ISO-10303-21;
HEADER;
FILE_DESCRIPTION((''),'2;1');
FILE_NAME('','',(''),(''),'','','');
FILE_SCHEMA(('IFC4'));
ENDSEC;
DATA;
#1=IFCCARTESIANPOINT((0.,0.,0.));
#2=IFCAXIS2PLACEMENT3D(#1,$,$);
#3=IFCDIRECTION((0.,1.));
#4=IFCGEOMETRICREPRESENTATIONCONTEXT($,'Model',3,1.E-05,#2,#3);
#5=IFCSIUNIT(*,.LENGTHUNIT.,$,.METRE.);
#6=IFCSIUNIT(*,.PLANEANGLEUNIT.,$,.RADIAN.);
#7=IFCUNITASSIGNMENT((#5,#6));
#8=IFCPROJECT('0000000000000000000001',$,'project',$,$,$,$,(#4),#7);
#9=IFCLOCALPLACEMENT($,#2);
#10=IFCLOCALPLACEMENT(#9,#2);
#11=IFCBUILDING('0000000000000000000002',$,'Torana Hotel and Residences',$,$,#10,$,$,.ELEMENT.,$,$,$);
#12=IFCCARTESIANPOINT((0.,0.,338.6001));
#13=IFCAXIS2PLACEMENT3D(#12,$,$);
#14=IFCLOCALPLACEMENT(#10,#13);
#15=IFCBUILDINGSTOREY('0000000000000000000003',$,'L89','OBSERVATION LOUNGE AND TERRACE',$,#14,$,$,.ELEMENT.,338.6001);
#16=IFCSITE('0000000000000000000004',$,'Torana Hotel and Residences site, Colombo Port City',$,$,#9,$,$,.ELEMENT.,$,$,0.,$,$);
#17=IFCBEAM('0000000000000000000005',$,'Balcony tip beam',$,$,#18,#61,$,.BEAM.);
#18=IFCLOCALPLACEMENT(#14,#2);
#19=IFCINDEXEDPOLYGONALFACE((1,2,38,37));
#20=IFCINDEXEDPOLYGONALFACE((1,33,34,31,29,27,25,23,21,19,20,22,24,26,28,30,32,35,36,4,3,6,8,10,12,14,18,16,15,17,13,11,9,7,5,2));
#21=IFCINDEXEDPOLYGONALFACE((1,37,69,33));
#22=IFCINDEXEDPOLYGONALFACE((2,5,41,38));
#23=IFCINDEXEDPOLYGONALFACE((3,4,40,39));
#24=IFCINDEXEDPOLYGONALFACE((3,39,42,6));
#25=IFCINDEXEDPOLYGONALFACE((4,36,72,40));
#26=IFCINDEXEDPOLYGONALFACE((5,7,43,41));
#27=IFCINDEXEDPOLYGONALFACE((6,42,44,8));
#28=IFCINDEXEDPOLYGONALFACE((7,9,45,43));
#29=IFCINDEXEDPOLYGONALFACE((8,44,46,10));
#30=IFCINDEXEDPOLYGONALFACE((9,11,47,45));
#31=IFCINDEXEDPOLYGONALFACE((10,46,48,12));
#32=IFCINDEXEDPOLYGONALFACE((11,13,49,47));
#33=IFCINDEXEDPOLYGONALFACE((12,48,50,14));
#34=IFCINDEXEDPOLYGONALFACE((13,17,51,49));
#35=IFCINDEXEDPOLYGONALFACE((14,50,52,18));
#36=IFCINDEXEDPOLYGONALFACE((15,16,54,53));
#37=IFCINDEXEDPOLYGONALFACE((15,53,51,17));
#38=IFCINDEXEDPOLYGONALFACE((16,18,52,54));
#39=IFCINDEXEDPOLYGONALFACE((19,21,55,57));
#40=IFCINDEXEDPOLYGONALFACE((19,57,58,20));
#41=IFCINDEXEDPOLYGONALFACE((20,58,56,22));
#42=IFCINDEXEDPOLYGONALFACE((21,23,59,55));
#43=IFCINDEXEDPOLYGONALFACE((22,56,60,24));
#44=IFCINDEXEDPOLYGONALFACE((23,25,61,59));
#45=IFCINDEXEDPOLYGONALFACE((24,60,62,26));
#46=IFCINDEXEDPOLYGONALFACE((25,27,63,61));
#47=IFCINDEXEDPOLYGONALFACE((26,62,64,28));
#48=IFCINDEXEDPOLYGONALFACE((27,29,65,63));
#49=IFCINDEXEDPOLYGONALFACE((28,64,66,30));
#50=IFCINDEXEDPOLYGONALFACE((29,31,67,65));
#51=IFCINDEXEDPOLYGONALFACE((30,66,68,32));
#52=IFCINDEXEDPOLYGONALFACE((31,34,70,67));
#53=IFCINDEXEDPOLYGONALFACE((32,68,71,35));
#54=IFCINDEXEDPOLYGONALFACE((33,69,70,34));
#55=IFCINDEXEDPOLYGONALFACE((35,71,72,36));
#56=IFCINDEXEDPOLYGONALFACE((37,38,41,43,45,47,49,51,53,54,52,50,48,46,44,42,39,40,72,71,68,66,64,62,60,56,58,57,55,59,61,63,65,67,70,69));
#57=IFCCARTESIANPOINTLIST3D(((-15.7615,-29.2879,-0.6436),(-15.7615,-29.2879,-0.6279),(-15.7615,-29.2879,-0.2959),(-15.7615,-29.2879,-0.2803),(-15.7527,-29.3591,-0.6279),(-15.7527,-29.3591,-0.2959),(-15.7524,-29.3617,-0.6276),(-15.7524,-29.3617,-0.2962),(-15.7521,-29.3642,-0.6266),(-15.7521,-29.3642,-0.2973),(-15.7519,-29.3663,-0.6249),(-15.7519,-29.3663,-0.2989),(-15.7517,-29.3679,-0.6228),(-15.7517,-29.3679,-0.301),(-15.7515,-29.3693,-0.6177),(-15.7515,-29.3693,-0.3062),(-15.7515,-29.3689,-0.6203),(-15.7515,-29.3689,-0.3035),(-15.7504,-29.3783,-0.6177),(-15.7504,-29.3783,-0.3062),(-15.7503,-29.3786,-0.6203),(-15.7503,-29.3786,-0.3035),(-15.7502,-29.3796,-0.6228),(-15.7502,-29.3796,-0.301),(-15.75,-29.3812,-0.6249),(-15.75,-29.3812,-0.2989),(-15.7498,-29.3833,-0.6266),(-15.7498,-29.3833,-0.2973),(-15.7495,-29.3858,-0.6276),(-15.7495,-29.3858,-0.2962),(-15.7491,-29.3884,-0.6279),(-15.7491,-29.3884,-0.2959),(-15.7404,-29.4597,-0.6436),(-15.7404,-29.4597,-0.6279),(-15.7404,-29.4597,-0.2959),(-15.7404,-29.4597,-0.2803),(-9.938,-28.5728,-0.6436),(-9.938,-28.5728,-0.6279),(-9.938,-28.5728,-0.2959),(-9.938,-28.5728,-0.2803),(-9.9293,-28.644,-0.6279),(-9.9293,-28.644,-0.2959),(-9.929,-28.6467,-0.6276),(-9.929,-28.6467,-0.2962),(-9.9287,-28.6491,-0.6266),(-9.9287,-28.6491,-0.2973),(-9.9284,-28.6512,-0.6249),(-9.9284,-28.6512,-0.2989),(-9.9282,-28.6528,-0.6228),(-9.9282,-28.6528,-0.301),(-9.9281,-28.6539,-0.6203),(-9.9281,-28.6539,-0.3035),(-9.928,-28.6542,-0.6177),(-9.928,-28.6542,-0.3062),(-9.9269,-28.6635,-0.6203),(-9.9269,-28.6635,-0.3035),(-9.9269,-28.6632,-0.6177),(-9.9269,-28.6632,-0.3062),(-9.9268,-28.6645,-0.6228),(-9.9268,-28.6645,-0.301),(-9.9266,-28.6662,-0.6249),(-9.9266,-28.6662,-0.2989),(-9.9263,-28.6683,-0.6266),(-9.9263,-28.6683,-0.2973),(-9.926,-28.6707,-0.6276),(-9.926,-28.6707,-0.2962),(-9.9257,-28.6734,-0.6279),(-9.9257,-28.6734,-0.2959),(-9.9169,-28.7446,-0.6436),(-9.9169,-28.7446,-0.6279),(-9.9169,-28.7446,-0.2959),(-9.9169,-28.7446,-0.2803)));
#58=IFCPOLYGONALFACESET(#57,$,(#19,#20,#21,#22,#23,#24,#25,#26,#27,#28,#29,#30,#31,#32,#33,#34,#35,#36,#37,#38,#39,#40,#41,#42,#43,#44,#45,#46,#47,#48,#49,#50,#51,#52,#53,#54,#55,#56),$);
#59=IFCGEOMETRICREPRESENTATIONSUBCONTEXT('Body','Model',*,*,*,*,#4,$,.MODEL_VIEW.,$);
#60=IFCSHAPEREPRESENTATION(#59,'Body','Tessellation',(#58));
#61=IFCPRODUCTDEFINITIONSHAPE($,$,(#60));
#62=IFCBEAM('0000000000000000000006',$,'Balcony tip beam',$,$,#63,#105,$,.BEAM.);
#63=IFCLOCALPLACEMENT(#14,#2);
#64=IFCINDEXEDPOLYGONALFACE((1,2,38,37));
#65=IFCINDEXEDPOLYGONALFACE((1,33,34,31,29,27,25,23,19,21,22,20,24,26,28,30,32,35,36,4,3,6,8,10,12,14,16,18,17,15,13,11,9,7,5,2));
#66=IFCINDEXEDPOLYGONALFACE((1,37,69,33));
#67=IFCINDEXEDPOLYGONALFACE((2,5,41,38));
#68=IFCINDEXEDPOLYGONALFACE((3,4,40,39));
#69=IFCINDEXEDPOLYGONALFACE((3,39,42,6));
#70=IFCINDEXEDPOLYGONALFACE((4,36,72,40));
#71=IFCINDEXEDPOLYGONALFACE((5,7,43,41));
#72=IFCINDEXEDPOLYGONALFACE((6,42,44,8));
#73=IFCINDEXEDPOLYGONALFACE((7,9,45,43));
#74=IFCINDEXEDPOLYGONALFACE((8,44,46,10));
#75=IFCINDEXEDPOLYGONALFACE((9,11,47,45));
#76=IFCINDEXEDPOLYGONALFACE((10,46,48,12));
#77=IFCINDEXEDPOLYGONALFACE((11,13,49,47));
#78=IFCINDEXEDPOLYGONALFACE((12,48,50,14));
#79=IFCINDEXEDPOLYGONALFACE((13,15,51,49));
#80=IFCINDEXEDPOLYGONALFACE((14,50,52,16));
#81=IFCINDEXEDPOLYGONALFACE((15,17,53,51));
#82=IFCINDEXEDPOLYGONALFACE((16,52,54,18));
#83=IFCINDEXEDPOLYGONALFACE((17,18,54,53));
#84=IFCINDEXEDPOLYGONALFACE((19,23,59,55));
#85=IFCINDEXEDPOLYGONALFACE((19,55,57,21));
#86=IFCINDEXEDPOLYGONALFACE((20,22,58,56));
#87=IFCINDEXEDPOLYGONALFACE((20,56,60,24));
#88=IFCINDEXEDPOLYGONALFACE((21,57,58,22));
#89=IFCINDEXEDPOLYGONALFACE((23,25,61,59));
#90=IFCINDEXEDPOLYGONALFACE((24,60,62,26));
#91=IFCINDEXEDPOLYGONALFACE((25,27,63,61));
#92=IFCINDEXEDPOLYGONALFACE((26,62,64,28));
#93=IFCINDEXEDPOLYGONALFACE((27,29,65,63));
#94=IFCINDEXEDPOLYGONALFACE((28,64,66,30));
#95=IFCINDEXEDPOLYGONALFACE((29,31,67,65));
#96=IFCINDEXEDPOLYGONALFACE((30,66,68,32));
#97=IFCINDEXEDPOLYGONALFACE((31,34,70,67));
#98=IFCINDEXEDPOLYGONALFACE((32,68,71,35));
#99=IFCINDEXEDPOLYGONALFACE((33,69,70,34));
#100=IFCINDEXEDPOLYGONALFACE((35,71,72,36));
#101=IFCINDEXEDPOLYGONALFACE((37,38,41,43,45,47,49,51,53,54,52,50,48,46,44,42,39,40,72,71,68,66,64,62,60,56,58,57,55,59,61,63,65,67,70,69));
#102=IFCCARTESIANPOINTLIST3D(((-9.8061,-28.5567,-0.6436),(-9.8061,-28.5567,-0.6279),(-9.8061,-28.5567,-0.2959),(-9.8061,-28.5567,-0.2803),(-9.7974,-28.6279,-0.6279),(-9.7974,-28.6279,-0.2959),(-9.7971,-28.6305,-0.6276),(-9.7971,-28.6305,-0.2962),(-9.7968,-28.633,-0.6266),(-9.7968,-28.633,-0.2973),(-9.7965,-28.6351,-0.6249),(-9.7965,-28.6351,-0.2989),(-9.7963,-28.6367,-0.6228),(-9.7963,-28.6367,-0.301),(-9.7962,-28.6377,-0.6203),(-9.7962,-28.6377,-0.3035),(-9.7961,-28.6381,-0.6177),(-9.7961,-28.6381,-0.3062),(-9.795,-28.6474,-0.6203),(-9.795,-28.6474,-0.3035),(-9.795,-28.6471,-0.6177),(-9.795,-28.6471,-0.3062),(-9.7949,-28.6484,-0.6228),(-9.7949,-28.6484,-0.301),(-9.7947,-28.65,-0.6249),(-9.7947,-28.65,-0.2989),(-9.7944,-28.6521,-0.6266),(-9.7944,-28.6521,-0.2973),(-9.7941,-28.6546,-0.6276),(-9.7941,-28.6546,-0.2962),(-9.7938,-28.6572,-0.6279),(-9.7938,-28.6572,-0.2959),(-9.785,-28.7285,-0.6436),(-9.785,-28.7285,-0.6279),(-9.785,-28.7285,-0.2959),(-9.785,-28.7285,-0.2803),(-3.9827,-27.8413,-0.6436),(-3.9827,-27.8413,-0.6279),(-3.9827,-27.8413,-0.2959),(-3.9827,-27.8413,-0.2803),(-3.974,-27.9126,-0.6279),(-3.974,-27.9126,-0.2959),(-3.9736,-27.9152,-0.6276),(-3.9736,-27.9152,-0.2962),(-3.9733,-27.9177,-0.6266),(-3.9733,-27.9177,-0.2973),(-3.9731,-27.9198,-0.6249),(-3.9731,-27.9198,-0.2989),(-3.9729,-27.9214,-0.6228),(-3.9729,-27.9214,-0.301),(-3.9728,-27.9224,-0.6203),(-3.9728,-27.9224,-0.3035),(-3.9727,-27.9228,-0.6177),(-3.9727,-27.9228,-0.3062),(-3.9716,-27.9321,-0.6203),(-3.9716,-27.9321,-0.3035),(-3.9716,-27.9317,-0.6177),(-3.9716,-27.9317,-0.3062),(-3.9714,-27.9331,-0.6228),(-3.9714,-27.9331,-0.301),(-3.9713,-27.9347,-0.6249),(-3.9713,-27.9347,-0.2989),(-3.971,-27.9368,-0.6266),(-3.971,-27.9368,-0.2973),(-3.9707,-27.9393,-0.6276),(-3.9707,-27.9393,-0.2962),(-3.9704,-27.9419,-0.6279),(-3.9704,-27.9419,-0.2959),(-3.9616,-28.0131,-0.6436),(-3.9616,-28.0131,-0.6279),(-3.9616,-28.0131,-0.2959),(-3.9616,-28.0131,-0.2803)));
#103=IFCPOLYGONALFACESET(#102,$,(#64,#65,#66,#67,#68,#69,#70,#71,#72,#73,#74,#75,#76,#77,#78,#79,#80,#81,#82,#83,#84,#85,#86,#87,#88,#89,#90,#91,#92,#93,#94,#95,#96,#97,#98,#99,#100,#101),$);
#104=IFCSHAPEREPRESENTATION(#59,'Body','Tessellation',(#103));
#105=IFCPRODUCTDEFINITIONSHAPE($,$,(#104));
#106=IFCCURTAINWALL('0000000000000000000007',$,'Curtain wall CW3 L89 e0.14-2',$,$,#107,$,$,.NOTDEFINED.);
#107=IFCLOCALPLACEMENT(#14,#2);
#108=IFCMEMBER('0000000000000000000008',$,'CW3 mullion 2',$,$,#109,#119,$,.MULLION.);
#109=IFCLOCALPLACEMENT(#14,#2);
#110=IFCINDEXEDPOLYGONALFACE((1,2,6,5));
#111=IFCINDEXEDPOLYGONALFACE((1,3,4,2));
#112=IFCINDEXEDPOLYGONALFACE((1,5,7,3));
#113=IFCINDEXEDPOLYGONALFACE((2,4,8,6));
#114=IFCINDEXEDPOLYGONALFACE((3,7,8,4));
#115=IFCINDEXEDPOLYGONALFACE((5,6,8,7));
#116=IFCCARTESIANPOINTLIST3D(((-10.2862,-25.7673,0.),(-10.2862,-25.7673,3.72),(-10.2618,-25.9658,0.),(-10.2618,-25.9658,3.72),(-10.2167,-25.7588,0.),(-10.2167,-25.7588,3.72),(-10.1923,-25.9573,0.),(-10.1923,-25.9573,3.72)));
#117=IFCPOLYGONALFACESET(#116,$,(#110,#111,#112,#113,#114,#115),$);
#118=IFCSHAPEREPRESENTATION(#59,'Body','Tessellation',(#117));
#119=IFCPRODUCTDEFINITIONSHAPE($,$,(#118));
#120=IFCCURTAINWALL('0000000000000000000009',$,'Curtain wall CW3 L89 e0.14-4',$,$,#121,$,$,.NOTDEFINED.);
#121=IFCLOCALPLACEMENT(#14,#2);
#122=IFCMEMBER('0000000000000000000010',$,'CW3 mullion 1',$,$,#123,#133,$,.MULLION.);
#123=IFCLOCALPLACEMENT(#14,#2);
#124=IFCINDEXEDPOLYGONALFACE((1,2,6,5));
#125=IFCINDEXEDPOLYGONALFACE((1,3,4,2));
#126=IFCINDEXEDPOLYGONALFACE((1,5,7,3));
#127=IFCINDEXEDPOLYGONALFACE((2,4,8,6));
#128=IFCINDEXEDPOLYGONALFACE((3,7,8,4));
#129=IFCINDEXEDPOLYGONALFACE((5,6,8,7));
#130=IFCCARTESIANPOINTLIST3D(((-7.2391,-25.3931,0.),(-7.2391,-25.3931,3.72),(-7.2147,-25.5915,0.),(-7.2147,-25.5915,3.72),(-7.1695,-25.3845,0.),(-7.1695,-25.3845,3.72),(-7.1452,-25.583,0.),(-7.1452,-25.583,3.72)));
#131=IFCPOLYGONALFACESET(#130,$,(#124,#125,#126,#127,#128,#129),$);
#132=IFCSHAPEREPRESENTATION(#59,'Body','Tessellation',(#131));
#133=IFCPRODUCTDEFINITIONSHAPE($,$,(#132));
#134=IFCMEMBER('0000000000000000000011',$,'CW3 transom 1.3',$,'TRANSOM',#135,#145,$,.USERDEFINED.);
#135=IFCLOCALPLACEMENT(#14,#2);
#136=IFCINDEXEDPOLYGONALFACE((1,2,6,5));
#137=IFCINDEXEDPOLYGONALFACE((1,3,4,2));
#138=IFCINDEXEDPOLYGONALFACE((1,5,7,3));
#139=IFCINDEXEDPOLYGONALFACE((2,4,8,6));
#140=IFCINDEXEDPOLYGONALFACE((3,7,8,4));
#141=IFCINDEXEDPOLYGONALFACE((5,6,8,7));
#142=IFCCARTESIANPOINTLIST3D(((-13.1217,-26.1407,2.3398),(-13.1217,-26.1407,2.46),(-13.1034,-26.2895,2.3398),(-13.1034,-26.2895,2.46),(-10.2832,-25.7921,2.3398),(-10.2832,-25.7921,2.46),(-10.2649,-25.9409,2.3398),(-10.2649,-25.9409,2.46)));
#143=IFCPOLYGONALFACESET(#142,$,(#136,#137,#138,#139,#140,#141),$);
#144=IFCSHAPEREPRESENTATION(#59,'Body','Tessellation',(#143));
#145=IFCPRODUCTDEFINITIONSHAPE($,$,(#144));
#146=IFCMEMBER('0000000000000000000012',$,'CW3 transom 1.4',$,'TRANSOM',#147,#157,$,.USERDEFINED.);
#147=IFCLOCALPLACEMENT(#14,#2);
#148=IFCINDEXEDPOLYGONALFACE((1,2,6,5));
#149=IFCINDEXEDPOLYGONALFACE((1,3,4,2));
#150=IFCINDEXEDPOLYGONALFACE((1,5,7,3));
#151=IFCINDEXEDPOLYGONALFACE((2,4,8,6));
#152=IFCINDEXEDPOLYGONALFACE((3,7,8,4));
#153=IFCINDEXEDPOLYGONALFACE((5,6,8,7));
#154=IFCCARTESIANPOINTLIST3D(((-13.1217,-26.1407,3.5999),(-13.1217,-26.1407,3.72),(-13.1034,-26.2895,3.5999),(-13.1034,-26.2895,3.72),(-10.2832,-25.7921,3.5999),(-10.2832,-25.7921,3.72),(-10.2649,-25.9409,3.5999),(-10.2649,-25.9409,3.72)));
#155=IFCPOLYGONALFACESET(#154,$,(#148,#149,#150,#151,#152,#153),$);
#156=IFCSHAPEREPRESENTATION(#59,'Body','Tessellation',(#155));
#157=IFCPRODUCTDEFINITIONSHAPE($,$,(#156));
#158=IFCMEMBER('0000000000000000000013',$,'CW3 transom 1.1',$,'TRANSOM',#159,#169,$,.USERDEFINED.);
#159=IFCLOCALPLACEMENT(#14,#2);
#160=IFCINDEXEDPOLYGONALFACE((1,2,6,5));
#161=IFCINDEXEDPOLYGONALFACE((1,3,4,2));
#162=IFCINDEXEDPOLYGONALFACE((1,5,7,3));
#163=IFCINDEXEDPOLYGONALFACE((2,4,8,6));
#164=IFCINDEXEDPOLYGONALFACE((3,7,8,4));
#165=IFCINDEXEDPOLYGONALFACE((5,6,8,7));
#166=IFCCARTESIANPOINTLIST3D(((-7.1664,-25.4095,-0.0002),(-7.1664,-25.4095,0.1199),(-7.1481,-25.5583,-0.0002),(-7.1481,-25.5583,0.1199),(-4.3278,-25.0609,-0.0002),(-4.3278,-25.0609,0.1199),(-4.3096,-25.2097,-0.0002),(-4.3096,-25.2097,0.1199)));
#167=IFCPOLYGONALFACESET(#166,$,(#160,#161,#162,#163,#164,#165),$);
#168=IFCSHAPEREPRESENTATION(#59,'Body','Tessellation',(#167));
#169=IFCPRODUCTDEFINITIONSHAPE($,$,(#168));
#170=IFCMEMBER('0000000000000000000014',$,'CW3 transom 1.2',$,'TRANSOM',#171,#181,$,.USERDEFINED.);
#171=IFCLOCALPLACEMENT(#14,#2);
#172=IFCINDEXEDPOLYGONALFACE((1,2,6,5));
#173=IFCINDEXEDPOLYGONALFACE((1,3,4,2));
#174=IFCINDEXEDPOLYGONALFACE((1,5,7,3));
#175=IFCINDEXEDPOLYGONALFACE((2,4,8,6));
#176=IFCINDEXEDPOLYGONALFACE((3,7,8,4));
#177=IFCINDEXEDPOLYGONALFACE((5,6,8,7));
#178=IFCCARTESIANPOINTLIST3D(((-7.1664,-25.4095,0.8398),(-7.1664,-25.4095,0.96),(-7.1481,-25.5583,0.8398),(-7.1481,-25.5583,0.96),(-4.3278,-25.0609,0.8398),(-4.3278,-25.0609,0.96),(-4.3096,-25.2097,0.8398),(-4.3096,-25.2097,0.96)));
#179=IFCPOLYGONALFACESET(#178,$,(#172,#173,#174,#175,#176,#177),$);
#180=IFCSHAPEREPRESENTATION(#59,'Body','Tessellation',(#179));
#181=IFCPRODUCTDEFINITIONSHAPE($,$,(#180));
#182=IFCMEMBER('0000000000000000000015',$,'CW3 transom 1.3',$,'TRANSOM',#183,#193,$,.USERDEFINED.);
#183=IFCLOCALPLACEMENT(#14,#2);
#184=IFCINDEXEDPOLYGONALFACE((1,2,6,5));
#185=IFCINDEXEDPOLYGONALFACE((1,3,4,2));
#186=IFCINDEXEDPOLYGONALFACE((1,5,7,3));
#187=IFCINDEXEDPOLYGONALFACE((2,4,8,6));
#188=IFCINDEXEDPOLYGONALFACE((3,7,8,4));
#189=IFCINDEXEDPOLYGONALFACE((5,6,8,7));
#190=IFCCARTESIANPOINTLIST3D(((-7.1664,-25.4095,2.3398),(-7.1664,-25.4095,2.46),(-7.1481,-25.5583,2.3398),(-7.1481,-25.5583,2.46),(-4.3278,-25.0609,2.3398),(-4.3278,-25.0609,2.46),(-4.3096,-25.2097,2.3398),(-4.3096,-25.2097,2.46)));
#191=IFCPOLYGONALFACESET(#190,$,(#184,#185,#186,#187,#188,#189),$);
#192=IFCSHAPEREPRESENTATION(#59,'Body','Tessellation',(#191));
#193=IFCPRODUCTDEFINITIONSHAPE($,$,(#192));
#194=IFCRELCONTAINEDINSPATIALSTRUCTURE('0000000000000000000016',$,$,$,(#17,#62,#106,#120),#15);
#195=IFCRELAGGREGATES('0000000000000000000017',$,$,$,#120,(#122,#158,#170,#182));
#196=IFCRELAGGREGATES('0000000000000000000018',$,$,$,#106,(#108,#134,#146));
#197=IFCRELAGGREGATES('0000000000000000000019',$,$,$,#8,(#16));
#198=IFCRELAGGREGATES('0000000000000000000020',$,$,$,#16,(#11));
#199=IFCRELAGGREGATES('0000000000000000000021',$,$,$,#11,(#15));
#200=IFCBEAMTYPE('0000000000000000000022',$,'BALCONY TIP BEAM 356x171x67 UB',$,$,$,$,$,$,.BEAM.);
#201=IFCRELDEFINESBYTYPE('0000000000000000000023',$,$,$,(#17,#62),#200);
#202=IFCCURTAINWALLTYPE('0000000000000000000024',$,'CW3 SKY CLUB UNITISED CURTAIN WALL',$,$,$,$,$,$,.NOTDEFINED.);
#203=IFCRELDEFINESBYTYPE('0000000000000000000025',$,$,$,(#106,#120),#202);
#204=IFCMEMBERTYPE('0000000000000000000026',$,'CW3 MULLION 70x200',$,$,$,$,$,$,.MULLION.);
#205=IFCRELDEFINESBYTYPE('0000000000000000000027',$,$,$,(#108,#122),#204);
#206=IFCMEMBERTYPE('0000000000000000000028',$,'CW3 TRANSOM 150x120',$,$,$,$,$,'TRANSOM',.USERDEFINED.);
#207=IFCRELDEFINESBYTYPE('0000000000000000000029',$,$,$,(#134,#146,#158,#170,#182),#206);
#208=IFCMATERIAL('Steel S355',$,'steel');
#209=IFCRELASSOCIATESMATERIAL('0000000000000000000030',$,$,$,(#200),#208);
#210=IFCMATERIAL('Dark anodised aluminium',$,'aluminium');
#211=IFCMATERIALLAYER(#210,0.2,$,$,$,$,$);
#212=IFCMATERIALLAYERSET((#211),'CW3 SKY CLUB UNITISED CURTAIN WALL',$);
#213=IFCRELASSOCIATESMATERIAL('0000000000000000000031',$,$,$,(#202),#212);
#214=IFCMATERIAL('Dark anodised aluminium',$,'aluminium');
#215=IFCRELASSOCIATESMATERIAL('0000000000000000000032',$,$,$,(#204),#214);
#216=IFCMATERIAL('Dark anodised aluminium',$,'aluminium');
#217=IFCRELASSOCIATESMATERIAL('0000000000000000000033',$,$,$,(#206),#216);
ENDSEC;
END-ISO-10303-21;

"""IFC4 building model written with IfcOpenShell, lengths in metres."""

from ifc_helpers import new_model, si_unit, direction, frame, origin, origin_2d, place, context, subcontext, project, spatial, rectangle, i_section, extrude, material, layer, layer_set, material_profile, profile_set, type_object, element, aggregate, save


model = new_model("IFC4")

# Units and contexts
model_context = context("Model", 3, precision=1e-05, world=origin(), true_north=direction((0.0, 1.0)))
body_context = subcontext(model_context, "Body", "Model", "MODEL_VIEW")
ifc_project = project(units=[si_unit("LENGTHUNIT", "METRE"), si_unit("PLANEANGLEUNIT", "RADIAN")], contexts=[model_context])

# Site, building, storey
site_placement = place(None, origin())
site = spatial("IfcSite", under=ifc_project, at=site_placement, Name="Torana Hotel and Residences site, Colombo Port City", CompositionType="ELEMENT", RefElevation=0.0)
building_placement = place(site_placement, origin())
building = spatial("IfcBuilding", under=site, at=building_placement, Name="Torana Hotel and Residences", CompositionType="ELEMENT")
storey_placement = place(building_placement, frame((0.0, 0.0, 338.6001)))
storey = spatial("IfcBuildingStorey", under=building, at=storey_placement, Name="L89", Description="OBSERVATION LOUNGE AND TERRACE", CompositionType="ELEMENT", Elevation=338.6001)

# Beams
ifc_material_1 = material(Name="Steel S355", Category="steel")
ifc_material_profile_1 = material_profile(ifc_material_1, i_section(OverallWidth=0.1731, OverallDepth=0.3633, WebThickness=0.009, FlangeThickness=0.0156, FilletRadius=0.0103, at=origin_2d()), Name="356x171x67 UB")
ifc_profile_set_1 = profile_set([ifc_material_profile_1], Name="Steel S355")
beam_type = type_object("IfcBeamType", Name="BALCONY TIP BEAM 356x171x67 UB", PredefinedType="BEAM", material=ifc_profile_set_1)
for number, where, z_axis, x_axis, name in (
    (1, (-9.9275, -28.6587, -0.4619), (-0.992545, -0.121878, 0.0), (0.121878, -0.992545, 0.0), "Balcony tip beam"),
    (2, (-3.9722, -27.9272, -0.4619), (-0.99254, -0.121919, 0.0), (0.121919, -0.99254, 0.0), "Balcony tip beam"),
):
    element("IfcBeam", number, at=place(storey_placement, frame(where, z_axis=z_axis, x_axis=x_axis)), inside=storey, type_object=beam_type, Name=name, PredefinedType="BEAM", context=body_context, shape_type="SweptSolid", body=[
        extrude(i_section(OverallWidth=0.1731, OverallDepth=0.3633, WebThickness=0.009, FlangeThickness=0.0156, FilletRadius=0.0103, at=origin_2d()), origin(), (0.0, 0.0, 1.0), 5.8672),
    ])

# Curtain walls, members
ifc_material_2 = material(Name="Dark anodised aluminium", Category="aluminium")
ifc_layer_1 = layer(ifc_material_2, 0.2)
ifc_layer_set_1 = layer_set([ifc_layer_1], Name="CW3 SKY CLUB UNITISED CURTAIN WALL")
curtain_wall_type = type_object("IfcCurtainWallType", Name="CW3 SKY CLUB UNITISED CURTAIN WALL", PredefinedType="NOTDEFINED", material=ifc_layer_set_1)
curtain_wall_1_placement = place(storey_placement, origin())
curtain_wall_1 = element("IfcCurtainWall", 3, at=curtain_wall_1_placement, inside=storey, type_object=curtain_wall_type, Name="Curtain wall CW3 L89 e0.14-2", PredefinedType="NOTDEFINED")
ifc_material_3 = material(Name="Dark anodised aluminium", Category="aluminium")
ifc_material_profile_2 = material_profile(ifc_material_3, rectangle(XDim=0.2, YDim=0.0701, at=origin_2d()), Name="CW3 MULLION 70x200")
ifc_profile_set_2 = profile_set([ifc_material_profile_2], Name="Dark anodised aluminium")
member_type_1 = type_object("IfcMemberType", Name="CW3 MULLION 70x200", PredefinedType="MULLION", material=ifc_profile_set_2)
member_1_placement = place(storey_placement, frame((-10.2393, -25.8623, 0.0), z_axis=(0.0, 0.0, 1.0), x_axis=(-0.121868, 0.992546, 0.0)))
member_1 = element("IfcMember", 4, at=member_1_placement, type_object=member_type_1, Name="CW3 mullion 2", PredefinedType="MULLION", context=body_context, shape_type="SweptSolid", body=[
    extrude(rectangle(XDim=0.2, YDim=0.0701, at=origin_2d()), origin(), (0.0, 0.0, 1.0), 3.72),
])
curtain_wall_2_placement = place(storey_placement, origin())
curtain_wall_2 = element("IfcCurtainWall", 5, at=curtain_wall_2_placement, inside=storey, type_object=curtain_wall_type, Name="Curtain wall CW3 L89 e0.14-4", PredefinedType="NOTDEFINED")
member_2_placement = place(storey_placement, frame((-7.1921, -25.488, 0.0), z_axis=(0.0, 0.0, 1.0), x_axis=(-0.121864, 0.992547, 0.0)))
member_2 = element("IfcMember", 6, at=member_2_placement, type_object=member_type_1, Name="CW3 mullion 1", PredefinedType="MULLION", context=body_context, shape_type="SweptSolid", body=[
    extrude(rectangle(XDim=0.2, YDim=0.0701, at=origin_2d()), origin(), (0.0, 0.0, 1.0), 3.72),
])

# Members
ifc_material_4 = material(Name="Dark anodised aluminium", Category="aluminium")
ifc_material_profile_3 = material_profile(ifc_material_4, rectangle(XDim=0.1499, YDim=0.1201, at=origin_2d()), Name="CW3 TRANSOM 150x120")
ifc_profile_set_3 = profile_set([ifc_material_profile_3], Name="Dark anodised aluminium")
member_type_2 = type_object("IfcMemberType", Name="CW3 TRANSOM 150x120", ElementType="TRANSOM", PredefinedType="USERDEFINED", material=ifc_profile_set_3)
member_3_placement = place(storey_placement, frame((-13.1125, -26.2151, 2.3999), z_axis=(0.992542, 0.121902, 0.0), x_axis=(-0.121902, 0.992542, 0.0)))
member_3 = element("IfcMember", 7, at=member_3_placement, type_object=member_type_2, Name="CW3 transom 1.3", ObjectType="TRANSOM", PredefinedType="USERDEFINED", context=body_context, shape_type="SweptSolid", body=[
    extrude(rectangle(XDim=0.1499, YDim=0.1201, at=origin_2d()), origin(), (0.0, 0.0, 1.0), 2.8599),
])
member_4_placement = place(storey_placement, frame((-13.1125, -26.2151, 3.6599), z_axis=(0.992542, 0.121902, 0.0), x_axis=(-0.121902, 0.992542, 0.0)))
member_4 = element("IfcMember", 8, at=member_4_placement, type_object=member_type_2, Name="CW3 transom 1.4", ObjectType="TRANSOM", PredefinedType="USERDEFINED", context=body_context, shape_type="SweptSolid", body=[
    extrude(rectangle(XDim=0.1499, YDim=0.1201, at=origin_2d()), origin(), (0.0, 0.0, 1.0), 2.8599),
])
member_5_placement = place(storey_placement, frame((-7.1572, -25.4839, 0.0598), z_axis=(0.992542, 0.121902, 0.0), x_axis=(-0.121902, 0.992542, 0.0)))
member_5 = element("IfcMember", 9, at=member_5_placement, type_object=member_type_2, Name="CW3 transom 1.1", ObjectType="TRANSOM", PredefinedType="USERDEFINED", context=body_context, shape_type="SweptSolid", body=[
    extrude(rectangle(XDim=0.1499, YDim=0.1201, at=origin_2d()), origin(), (0.0, 0.0, 1.0), 2.8599),
])
member_6_placement = place(storey_placement, frame((-7.1572, -25.4839, 0.8999), z_axis=(0.992542, 0.121902, 0.0), x_axis=(-0.121902, 0.992542, 0.0)))
member_6 = element("IfcMember", 10, at=member_6_placement, type_object=member_type_2, Name="CW3 transom 1.2", ObjectType="TRANSOM", PredefinedType="USERDEFINED", context=body_context, shape_type="SweptSolid", body=[
    extrude(rectangle(XDim=0.1499, YDim=0.1201, at=origin_2d()), origin(), (0.0, 0.0, 1.0), 2.8599),
])
member_7_placement = place(storey_placement, frame((-7.1572, -25.4839, 2.3999), z_axis=(0.992542, 0.121902, 0.0), x_axis=(-0.121902, 0.992542, 0.0)))
member_7 = element("IfcMember", 11, at=member_7_placement, type_object=member_type_2, Name="CW3 transom 1.3", ObjectType="TRANSOM", PredefinedType="USERDEFINED", context=body_context, shape_type="SweptSolid", body=[
    extrude(rectangle(XDim=0.1499, YDim=0.1201, at=origin_2d()), origin(), (0.0, 0.0, 1.0), 2.8599),
])
aggregate(curtain_wall_2, [member_2, member_5, member_6, member_7])

aggregate(curtain_wall_1, [member_1, member_3, member_4])

save(model, "model.ifc")
